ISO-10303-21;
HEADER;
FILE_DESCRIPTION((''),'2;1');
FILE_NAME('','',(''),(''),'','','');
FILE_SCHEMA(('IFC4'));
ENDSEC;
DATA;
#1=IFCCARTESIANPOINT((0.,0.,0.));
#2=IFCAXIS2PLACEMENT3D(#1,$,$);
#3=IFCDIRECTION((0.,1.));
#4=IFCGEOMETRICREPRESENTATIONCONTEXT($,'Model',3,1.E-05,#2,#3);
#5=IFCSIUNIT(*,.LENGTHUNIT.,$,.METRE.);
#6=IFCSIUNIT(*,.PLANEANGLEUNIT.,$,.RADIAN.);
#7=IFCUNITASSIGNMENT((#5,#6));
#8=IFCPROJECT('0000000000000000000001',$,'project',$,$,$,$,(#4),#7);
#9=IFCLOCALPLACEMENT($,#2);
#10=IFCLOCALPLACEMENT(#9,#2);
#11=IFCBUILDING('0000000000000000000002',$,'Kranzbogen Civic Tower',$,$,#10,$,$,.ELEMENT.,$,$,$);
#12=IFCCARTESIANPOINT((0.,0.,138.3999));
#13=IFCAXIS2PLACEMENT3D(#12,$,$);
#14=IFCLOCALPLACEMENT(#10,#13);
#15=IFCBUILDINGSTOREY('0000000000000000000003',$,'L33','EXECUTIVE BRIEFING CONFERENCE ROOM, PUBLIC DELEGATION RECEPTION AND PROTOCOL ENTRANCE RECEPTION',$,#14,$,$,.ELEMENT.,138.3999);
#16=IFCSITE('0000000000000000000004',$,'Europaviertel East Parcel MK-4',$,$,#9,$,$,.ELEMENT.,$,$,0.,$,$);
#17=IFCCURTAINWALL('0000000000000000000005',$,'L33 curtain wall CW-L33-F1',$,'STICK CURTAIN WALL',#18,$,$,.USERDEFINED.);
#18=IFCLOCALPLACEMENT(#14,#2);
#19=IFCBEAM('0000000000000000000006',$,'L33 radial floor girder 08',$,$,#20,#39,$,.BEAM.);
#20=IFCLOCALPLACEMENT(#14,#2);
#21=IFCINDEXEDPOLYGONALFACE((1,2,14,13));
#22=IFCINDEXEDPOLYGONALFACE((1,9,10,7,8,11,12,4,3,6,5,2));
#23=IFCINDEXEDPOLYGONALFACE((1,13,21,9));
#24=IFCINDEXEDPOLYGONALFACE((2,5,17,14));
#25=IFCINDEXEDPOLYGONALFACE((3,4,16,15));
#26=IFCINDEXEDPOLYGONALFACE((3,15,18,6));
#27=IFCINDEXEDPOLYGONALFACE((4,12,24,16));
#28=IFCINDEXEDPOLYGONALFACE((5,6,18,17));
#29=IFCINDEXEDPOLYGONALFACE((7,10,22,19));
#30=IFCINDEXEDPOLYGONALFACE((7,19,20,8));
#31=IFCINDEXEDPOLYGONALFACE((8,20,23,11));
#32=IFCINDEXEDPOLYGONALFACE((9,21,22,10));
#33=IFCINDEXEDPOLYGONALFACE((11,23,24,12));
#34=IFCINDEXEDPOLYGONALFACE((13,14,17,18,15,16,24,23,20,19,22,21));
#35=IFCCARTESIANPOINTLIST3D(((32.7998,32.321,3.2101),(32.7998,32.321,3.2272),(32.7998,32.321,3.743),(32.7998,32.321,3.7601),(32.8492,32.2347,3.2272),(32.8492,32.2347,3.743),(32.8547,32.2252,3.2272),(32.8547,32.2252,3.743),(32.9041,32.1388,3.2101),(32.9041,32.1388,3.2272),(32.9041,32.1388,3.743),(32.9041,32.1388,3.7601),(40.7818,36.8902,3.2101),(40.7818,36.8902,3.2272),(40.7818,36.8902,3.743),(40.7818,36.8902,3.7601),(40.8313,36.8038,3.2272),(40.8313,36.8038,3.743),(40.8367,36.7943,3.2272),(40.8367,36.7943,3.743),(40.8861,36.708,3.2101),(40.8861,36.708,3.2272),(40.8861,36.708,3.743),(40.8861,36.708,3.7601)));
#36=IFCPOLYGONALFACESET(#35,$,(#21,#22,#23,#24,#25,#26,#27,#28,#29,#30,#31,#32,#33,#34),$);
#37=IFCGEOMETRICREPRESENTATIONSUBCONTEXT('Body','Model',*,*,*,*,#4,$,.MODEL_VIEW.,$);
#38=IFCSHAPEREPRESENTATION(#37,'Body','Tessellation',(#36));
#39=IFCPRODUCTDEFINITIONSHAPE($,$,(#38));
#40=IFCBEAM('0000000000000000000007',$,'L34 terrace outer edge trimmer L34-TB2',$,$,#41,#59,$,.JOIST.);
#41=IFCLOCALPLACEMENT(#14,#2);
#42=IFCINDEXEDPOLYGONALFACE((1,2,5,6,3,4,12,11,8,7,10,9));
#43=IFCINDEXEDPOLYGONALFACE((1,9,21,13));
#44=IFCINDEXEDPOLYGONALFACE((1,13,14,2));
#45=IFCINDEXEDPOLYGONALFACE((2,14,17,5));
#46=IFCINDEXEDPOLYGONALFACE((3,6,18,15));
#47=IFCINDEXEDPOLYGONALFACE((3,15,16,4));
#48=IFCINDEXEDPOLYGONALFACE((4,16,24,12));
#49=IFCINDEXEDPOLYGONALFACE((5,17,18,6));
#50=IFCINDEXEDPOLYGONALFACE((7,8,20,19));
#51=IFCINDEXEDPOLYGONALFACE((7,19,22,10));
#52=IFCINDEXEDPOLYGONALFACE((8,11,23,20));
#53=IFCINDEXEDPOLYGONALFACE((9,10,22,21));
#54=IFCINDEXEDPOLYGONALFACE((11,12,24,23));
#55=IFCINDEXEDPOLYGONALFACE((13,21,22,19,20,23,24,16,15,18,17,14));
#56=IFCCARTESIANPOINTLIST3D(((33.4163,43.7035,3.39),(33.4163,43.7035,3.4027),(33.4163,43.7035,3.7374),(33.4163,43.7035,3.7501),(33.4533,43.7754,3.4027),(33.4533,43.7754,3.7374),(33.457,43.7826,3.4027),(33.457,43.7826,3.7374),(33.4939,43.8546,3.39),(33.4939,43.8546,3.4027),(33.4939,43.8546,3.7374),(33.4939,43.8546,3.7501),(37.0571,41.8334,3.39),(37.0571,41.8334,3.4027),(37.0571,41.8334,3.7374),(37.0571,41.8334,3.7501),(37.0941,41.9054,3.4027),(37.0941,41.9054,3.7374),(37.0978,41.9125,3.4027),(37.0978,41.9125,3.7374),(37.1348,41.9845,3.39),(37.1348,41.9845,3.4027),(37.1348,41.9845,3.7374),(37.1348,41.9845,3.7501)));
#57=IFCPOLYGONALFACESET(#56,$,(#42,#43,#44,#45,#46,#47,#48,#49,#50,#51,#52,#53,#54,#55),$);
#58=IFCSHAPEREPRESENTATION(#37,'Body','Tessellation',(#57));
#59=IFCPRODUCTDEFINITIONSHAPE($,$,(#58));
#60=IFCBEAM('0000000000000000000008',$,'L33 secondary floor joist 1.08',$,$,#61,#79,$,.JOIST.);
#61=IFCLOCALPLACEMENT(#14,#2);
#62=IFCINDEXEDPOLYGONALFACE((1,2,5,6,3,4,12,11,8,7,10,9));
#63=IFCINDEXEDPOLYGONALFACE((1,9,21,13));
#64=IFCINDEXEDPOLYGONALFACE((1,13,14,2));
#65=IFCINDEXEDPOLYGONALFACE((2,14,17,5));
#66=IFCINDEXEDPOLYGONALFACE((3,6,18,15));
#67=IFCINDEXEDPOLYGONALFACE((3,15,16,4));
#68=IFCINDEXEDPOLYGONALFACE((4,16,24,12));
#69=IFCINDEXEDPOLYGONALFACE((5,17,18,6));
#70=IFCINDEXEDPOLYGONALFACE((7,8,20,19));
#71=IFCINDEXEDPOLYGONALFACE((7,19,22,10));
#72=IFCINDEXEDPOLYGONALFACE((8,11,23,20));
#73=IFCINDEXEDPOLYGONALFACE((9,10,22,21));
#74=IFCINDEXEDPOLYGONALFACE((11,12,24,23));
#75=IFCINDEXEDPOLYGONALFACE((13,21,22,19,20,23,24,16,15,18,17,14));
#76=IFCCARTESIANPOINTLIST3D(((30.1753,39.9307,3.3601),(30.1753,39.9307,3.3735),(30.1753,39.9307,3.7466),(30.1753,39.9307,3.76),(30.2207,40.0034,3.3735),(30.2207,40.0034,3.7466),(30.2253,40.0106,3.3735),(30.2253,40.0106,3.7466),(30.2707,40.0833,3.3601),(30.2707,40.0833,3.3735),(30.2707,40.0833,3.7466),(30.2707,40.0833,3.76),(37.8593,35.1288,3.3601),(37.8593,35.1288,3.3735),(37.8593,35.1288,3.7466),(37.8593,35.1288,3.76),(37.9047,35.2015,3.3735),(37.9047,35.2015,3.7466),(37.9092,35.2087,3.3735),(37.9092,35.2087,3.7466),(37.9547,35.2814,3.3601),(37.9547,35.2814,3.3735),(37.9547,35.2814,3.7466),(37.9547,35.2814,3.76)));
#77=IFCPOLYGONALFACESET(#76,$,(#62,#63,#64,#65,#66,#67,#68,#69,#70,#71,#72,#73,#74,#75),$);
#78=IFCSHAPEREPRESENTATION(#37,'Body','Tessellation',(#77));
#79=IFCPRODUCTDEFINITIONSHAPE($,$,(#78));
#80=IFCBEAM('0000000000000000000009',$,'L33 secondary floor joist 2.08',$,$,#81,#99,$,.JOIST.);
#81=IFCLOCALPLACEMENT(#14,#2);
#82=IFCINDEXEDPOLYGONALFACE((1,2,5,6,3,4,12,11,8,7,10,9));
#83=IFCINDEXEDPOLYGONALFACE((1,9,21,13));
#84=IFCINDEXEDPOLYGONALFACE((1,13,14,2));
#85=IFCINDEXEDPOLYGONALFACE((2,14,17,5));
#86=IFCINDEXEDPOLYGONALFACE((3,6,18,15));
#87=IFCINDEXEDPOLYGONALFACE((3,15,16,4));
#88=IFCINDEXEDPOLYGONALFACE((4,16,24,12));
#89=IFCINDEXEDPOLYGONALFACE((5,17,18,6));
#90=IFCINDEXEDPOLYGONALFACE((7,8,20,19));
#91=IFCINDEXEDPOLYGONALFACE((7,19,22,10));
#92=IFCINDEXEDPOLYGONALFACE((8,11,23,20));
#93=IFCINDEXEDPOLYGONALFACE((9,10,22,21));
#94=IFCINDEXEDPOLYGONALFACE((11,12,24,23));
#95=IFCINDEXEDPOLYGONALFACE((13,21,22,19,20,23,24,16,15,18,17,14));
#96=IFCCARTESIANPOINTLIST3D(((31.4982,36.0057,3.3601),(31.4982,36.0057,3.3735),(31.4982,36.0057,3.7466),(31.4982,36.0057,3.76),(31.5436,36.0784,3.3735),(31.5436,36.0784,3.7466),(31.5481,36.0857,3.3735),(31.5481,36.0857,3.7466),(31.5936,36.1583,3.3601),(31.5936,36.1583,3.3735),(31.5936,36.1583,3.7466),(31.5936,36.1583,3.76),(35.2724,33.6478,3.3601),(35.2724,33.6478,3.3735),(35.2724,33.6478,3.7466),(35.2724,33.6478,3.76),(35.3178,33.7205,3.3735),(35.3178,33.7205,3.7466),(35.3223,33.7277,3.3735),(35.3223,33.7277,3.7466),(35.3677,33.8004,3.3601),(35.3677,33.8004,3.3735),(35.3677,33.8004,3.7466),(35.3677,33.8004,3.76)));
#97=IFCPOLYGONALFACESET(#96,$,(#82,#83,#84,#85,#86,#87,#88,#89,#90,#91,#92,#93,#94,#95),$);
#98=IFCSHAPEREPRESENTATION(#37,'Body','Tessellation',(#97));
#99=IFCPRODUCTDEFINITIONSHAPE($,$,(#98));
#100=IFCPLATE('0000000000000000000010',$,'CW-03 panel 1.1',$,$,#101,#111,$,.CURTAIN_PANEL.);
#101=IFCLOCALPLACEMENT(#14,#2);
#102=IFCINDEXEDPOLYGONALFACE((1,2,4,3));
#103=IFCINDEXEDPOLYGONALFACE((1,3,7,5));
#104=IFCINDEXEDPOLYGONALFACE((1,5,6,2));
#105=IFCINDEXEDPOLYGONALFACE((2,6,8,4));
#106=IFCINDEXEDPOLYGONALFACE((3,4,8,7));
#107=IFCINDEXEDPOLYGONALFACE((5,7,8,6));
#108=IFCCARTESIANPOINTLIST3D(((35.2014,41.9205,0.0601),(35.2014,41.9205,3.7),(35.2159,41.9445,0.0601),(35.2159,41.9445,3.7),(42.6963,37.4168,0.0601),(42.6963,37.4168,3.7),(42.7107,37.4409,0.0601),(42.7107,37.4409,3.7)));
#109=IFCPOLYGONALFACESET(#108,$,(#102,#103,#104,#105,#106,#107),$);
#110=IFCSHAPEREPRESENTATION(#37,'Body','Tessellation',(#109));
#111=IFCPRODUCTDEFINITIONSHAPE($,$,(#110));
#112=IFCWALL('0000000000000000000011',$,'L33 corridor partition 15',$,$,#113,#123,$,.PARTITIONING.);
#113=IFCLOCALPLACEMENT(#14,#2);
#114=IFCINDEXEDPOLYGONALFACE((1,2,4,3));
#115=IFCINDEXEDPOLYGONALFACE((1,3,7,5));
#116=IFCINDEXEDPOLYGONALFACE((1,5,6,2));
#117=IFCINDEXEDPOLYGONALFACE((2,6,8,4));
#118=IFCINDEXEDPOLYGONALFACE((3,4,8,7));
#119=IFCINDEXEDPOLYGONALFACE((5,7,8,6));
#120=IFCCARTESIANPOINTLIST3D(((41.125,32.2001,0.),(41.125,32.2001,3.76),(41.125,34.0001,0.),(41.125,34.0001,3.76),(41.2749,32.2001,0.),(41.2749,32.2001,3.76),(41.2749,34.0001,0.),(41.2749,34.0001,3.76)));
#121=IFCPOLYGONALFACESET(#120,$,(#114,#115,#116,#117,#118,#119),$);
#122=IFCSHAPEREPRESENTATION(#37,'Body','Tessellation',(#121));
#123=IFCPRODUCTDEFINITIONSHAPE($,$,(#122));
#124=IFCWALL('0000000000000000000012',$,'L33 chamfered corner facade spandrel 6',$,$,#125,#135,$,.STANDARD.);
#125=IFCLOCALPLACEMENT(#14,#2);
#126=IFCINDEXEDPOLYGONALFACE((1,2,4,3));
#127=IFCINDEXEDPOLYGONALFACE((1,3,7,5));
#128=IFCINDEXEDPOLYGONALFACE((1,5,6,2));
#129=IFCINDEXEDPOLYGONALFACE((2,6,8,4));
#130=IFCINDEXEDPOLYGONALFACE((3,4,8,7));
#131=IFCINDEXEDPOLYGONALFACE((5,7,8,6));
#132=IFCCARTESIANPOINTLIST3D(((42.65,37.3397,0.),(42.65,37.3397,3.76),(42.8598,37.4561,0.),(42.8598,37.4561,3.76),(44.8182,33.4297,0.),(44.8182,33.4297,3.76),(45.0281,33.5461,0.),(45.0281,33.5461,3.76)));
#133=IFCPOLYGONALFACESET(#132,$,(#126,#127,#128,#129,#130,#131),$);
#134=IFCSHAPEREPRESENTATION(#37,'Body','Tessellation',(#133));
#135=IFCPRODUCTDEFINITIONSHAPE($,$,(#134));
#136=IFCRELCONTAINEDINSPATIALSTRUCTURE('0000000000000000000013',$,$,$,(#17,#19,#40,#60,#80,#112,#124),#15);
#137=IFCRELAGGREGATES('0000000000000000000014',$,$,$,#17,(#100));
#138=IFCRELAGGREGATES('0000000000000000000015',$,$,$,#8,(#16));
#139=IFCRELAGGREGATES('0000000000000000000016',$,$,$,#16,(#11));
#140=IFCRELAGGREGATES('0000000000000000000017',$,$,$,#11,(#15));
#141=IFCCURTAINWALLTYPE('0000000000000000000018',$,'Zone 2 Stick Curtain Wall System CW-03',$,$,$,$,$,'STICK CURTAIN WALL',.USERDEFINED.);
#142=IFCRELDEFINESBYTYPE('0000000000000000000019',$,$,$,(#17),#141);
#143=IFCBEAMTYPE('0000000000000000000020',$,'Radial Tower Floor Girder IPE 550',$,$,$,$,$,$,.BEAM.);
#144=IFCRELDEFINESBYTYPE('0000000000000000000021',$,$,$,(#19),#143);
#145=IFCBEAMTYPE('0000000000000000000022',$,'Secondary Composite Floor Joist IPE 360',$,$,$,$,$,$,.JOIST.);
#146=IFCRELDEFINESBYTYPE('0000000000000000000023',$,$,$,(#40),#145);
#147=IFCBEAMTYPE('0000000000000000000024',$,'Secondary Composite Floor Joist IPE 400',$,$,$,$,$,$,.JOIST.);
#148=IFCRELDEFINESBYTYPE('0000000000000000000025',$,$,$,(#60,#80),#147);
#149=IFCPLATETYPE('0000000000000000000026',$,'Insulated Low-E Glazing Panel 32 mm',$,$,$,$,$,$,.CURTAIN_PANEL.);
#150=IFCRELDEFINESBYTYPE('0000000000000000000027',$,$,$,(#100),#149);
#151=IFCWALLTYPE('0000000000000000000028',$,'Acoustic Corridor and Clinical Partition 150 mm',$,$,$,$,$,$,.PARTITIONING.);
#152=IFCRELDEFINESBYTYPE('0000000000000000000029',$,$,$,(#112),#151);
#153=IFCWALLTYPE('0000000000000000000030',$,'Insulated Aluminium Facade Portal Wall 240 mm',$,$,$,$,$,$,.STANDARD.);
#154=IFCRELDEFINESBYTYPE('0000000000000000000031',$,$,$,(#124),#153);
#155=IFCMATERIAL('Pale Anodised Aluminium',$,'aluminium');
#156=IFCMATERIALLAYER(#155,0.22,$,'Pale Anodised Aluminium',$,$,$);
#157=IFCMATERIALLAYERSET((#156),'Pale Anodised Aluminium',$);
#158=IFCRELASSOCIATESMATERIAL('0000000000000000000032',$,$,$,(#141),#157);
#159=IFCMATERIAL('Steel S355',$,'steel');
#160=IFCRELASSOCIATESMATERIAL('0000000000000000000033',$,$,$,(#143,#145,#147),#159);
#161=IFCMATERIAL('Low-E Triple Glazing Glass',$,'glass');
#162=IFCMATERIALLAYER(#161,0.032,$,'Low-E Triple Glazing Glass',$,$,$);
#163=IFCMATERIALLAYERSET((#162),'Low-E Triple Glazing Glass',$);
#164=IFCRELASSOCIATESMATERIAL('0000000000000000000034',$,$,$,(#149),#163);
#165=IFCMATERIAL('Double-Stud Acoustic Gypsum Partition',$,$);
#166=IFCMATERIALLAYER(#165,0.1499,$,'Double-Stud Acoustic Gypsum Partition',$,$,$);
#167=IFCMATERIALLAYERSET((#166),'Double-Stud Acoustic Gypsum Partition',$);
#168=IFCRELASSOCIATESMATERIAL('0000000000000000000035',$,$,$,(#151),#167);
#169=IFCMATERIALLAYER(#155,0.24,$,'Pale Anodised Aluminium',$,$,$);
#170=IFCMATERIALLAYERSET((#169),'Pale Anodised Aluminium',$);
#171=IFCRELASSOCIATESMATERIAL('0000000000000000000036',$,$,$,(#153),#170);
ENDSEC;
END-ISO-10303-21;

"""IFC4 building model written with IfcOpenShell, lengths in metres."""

from ifc_helpers import new_model, si_unit, direction, frame, frame_2d, origin, origin_2d, place, context, subcontext, project, spatial, rectangle, i_section, extrude, material, layer, layer_set, material_profile, profile_set, type_object, element, aggregate, save


model = new_model("IFC4")

# Units and contexts
model_context = context("Model", 3, precision=1e-05, world=origin(), true_north=direction((0.0, 1.0)))
body_context = subcontext(model_context, "Body", "Model", "MODEL_VIEW")
ifc_project = project(units=[si_unit("LENGTHUNIT", "METRE"), si_unit("PLANEANGLEUNIT", "RADIAN")], contexts=[model_context])

# Site, building, storey
site_placement = place(None, origin())
site = spatial("IfcSite", under=ifc_project, at=site_placement, Name="Europaviertel East Parcel MK-4", CompositionType="ELEMENT", RefElevation=0.0)
building_placement = place(site_placement, origin())
building = spatial("IfcBuilding", under=site, at=building_placement, Name="Kranzbogen Civic Tower", CompositionType="ELEMENT")
storey_placement = place(building_placement, frame((0.0, 0.0, 138.3999)))
storey = spatial("IfcBuildingStorey", under=building, at=storey_placement, Name="L33", Description="EXECUTIVE BRIEFING CONFERENCE ROOM, PUBLIC DELEGATION RECEPTION AND PROTOCOL ENTRANCE RECEPTION", CompositionType="ELEMENT", Elevation=138.3999)

# Shared definitions
ifc_material_1 = material(Name="Steel S355", Category="steel")

# Curtain wall
ifc_material_2 = material(Name="Pale Anodised Aluminium", Category="aluminium")
ifc_layer_1 = layer(ifc_material_2, 0.22, Name="Pale Anodised Aluminium")
ifc_layer_set_1 = layer_set([ifc_layer_1], Name="Pale Anodised Aluminium")
curtain_wall_type = type_object("IfcCurtainWallType", Name="Zone 2 Stick Curtain Wall System CW-03", ElementType="STICK CURTAIN WALL", PredefinedType="USERDEFINED", material=ifc_layer_set_1)
curtain_wall_placement = place(storey_placement, origin())
curtain_wall = element("IfcCurtainWall", 1, at=curtain_wall_placement, inside=storey, type_object=curtain_wall_type, Name="L33 curtain wall CW-L33-F1", ObjectType="STICK CURTAIN WALL", PredefinedType="USERDEFINED")

# Beams
ifc_material_profile_1 = material_profile(ifc_material_1, i_section(OverallWidth=0.21, OverallDepth=0.55, WebThickness=0.011, FlangeThickness=0.0171, at=origin_2d()), Name="IPE 550")
ifc_profile_set_1 = profile_set([ifc_material_profile_1], Name="Steel S355")
beam_type_1 = type_object("IfcBeamType", Name="Radial Tower Floor Girder IPE 550", PredefinedType="BEAM", material=ifc_profile_set_1)
beam_1_placement = place(storey_placement, frame((40.834, 36.7991, 3.4851), z_axis=(-0.867869, -0.496793, 0.0), x_axis=(0.496793, -0.867869, 0.0)))
element("IfcBeam", 2, at=beam_1_placement, inside=storey, type_object=beam_type_1, Name="L33 radial floor girder 08", PredefinedType="BEAM", context=body_context, shape_type="SweptSolid", body=[
    extrude(i_section(OverallWidth=0.21, OverallDepth=0.55, WebThickness=0.011, FlangeThickness=0.0171, at=origin_2d()), origin(), (0.0, 0.0, 1.0), 9.1973),
])
ifc_material_profile_2 = material_profile(ifc_material_1, i_section(OverallWidth=0.1699, OverallDepth=0.3601, WebThickness=0.0081, FlangeThickness=0.0127, at=origin_2d()), Name="IPE 360")
ifc_profile_set_2 = profile_set([ifc_material_profile_2], Name="Steel S355")
beam_type_2 = type_object("IfcBeamType", Name="Secondary Composite Floor Joist IPE 360", PredefinedType="JOIST", material=ifc_profile_set_2)
beam_2_placement = place(storey_placement, frame((37.0959, 41.9089, 3.5701), z_axis=(-0.889519, 0.456898, 0.0), x_axis=(-0.456898, -0.889519, 0.0)))
element("IfcBeam", 3, at=beam_2_placement, inside=storey, type_object=beam_type_2, Name="L34 terrace outer edge trimmer L34-TB2", PredefinedType="JOIST", context=body_context, shape_type="SweptSolid", body=[
    extrude(i_section(OverallWidth=0.1699, OverallDepth=0.3601, WebThickness=0.0081, FlangeThickness=0.0127, at=origin_2d()), origin(), (0.0, 0.0, 1.0), 4.093),
])
ifc_material_profile_3 = material_profile(ifc_material_1, i_section(OverallWidth=0.1799, OverallDepth=0.3999, WebThickness=0.0085, FlangeThickness=0.0134, at=origin_2d()), Name="IPE 400")
ifc_profile_set_3 = profile_set([ifc_material_profile_3], Name="Steel S355")
beam_type_3 = type_object("IfcBeamType", Name="Secondary Composite Floor Joist IPE 400", PredefinedType="JOIST", material=ifc_profile_set_3)
beam_3_placement = place(storey_placement, frame((37.907, 35.2051, 3.5601), z_axis=(-0.848026, 0.529955, 0.0), x_axis=(-0.529955, -0.848026, 0.0)))
element("IfcBeam", 4, at=beam_3_placement, inside=storey, type_object=beam_type_3, Name="L33 secondary floor joist 1.08", PredefinedType="JOIST", context=body_context, shape_type="SweptSolid", body=[
    extrude(i_section(OverallWidth=0.1799, OverallDepth=0.3999, WebThickness=0.0085, FlangeThickness=0.0134, at=origin_2d()), origin(), (0.0, 0.0, 1.0), 9.061),
])
beam_4_placement = place(storey_placement, frame((35.3201, 33.7241, 3.5601), z_axis=(-0.848094, 0.529846, 0.0), x_axis=(-0.529846, -0.848094, 0.0)))
element("IfcBeam", 5, at=beam_4_placement, inside=storey, type_object=beam_type_3, Name="L33 secondary floor joist 2.08", PredefinedType="JOIST", context=body_context, shape_type="SweptSolid", body=[
    extrude(i_section(OverallWidth=0.1799, OverallDepth=0.3999, WebThickness=0.0085, FlangeThickness=0.0134, at=origin_2d()), origin(), (0.0, 0.0, 1.0), 4.4502),
])

# Plate
ifc_material_3 = material(Name="Low-E Triple Glazing Glass", Category="glass")
ifc_layer_2 = layer(ifc_material_3, 0.032, Name="Low-E Triple Glazing Glass")
ifc_layer_set_2 = layer_set([ifc_layer_2], Name="Low-E Triple Glazing Glass")
plate_type = type_object("IfcPlateType", Name="Insulated Low-E Glazing Panel 32 mm", PredefinedType="CURTAIN_PANEL", material=ifc_layer_set_2)
plate_placement = place(storey_placement, frame((38.9561, 39.6807, 0.0601), z_axis=(0.0, 0.0, 1.0), x_axis=(-0.857153, 0.515062, 0.0)))
plate = element("IfcPlate", 6, at=plate_placement, type_object=plate_type, Name="CW-03 panel 1.1", PredefinedType="CURTAIN_PANEL", context=body_context, shape_type="SweptSolid", body=[
    extrude(rectangle(XDim=8.7439, YDim=0.0281, at=origin_2d()), origin(), (0.0, 0.0, 1.0), 3.6399),
])
aggregate(curtain_wall, [plate])

# Walls
ifc_material_4 = material(Name="Double-Stud Acoustic Gypsum Partition")
ifc_layer_3 = layer(ifc_material_4, 0.1499, Name="Double-Stud Acoustic Gypsum Partition")
ifc_layer_set_3 = layer_set([ifc_layer_3], Name="Double-Stud Acoustic Gypsum Partition")
wall_type_1 = type_object("IfcWallType", Name="Acoustic Corridor and Clinical Partition 150 mm", PredefinedType="PARTITIONING", material=ifc_layer_set_3)
wall_1_placement = place(storey_placement, frame((41.2, 34.0, 0.0), z_axis=(0.0, 0.0, 1.0), x_axis=(0.0, -1.0, 0.0)))
element("IfcWall", 7, at=wall_1_placement, inside=storey, type_object=wall_type_1, Name="L33 corridor partition 15", PredefinedType="PARTITIONING", context=body_context, shape_type="SweptSolid", body=[
    extrude(rectangle(XDim=1.8, YDim=0.1499, at=frame_2d((0.8999, 0.0))), origin(), (0.0, 0.0, 1.0), 3.76),
])
ifc_layer_4 = layer(ifc_material_2, 0.24, Name="Pale Anodised Aluminium")
ifc_layer_set_4 = layer_set([ifc_layer_4], Name="Pale Anodised Aluminium")
wall_type_2 = type_object("IfcWallType", Name="Insulated Aluminium Facade Portal Wall 240 mm", PredefinedType="STANDARD", material=ifc_layer_set_4)
wall_2_placement = place(storey_placement, frame((44.9231, 33.488, 0.0), z_axis=(0.0, 0.0, 1.0), x_axis=(-0.484966, 0.874533, 0.0)))
element("IfcWall", 8, at=wall_2_placement, inside=storey, type_object=wall_type_2, Name="L33 chamfered corner facade spandrel 6", PredefinedType="STANDARD", context=body_context, shape_type="SweptSolid", body=[
    extrude(rectangle(XDim=4.4709, YDim=0.24, at=frame_2d((2.2354, 0.0))), origin(), (0.0, 0.0, 1.0), 3.76),
])

save(model, "model.ifc")
